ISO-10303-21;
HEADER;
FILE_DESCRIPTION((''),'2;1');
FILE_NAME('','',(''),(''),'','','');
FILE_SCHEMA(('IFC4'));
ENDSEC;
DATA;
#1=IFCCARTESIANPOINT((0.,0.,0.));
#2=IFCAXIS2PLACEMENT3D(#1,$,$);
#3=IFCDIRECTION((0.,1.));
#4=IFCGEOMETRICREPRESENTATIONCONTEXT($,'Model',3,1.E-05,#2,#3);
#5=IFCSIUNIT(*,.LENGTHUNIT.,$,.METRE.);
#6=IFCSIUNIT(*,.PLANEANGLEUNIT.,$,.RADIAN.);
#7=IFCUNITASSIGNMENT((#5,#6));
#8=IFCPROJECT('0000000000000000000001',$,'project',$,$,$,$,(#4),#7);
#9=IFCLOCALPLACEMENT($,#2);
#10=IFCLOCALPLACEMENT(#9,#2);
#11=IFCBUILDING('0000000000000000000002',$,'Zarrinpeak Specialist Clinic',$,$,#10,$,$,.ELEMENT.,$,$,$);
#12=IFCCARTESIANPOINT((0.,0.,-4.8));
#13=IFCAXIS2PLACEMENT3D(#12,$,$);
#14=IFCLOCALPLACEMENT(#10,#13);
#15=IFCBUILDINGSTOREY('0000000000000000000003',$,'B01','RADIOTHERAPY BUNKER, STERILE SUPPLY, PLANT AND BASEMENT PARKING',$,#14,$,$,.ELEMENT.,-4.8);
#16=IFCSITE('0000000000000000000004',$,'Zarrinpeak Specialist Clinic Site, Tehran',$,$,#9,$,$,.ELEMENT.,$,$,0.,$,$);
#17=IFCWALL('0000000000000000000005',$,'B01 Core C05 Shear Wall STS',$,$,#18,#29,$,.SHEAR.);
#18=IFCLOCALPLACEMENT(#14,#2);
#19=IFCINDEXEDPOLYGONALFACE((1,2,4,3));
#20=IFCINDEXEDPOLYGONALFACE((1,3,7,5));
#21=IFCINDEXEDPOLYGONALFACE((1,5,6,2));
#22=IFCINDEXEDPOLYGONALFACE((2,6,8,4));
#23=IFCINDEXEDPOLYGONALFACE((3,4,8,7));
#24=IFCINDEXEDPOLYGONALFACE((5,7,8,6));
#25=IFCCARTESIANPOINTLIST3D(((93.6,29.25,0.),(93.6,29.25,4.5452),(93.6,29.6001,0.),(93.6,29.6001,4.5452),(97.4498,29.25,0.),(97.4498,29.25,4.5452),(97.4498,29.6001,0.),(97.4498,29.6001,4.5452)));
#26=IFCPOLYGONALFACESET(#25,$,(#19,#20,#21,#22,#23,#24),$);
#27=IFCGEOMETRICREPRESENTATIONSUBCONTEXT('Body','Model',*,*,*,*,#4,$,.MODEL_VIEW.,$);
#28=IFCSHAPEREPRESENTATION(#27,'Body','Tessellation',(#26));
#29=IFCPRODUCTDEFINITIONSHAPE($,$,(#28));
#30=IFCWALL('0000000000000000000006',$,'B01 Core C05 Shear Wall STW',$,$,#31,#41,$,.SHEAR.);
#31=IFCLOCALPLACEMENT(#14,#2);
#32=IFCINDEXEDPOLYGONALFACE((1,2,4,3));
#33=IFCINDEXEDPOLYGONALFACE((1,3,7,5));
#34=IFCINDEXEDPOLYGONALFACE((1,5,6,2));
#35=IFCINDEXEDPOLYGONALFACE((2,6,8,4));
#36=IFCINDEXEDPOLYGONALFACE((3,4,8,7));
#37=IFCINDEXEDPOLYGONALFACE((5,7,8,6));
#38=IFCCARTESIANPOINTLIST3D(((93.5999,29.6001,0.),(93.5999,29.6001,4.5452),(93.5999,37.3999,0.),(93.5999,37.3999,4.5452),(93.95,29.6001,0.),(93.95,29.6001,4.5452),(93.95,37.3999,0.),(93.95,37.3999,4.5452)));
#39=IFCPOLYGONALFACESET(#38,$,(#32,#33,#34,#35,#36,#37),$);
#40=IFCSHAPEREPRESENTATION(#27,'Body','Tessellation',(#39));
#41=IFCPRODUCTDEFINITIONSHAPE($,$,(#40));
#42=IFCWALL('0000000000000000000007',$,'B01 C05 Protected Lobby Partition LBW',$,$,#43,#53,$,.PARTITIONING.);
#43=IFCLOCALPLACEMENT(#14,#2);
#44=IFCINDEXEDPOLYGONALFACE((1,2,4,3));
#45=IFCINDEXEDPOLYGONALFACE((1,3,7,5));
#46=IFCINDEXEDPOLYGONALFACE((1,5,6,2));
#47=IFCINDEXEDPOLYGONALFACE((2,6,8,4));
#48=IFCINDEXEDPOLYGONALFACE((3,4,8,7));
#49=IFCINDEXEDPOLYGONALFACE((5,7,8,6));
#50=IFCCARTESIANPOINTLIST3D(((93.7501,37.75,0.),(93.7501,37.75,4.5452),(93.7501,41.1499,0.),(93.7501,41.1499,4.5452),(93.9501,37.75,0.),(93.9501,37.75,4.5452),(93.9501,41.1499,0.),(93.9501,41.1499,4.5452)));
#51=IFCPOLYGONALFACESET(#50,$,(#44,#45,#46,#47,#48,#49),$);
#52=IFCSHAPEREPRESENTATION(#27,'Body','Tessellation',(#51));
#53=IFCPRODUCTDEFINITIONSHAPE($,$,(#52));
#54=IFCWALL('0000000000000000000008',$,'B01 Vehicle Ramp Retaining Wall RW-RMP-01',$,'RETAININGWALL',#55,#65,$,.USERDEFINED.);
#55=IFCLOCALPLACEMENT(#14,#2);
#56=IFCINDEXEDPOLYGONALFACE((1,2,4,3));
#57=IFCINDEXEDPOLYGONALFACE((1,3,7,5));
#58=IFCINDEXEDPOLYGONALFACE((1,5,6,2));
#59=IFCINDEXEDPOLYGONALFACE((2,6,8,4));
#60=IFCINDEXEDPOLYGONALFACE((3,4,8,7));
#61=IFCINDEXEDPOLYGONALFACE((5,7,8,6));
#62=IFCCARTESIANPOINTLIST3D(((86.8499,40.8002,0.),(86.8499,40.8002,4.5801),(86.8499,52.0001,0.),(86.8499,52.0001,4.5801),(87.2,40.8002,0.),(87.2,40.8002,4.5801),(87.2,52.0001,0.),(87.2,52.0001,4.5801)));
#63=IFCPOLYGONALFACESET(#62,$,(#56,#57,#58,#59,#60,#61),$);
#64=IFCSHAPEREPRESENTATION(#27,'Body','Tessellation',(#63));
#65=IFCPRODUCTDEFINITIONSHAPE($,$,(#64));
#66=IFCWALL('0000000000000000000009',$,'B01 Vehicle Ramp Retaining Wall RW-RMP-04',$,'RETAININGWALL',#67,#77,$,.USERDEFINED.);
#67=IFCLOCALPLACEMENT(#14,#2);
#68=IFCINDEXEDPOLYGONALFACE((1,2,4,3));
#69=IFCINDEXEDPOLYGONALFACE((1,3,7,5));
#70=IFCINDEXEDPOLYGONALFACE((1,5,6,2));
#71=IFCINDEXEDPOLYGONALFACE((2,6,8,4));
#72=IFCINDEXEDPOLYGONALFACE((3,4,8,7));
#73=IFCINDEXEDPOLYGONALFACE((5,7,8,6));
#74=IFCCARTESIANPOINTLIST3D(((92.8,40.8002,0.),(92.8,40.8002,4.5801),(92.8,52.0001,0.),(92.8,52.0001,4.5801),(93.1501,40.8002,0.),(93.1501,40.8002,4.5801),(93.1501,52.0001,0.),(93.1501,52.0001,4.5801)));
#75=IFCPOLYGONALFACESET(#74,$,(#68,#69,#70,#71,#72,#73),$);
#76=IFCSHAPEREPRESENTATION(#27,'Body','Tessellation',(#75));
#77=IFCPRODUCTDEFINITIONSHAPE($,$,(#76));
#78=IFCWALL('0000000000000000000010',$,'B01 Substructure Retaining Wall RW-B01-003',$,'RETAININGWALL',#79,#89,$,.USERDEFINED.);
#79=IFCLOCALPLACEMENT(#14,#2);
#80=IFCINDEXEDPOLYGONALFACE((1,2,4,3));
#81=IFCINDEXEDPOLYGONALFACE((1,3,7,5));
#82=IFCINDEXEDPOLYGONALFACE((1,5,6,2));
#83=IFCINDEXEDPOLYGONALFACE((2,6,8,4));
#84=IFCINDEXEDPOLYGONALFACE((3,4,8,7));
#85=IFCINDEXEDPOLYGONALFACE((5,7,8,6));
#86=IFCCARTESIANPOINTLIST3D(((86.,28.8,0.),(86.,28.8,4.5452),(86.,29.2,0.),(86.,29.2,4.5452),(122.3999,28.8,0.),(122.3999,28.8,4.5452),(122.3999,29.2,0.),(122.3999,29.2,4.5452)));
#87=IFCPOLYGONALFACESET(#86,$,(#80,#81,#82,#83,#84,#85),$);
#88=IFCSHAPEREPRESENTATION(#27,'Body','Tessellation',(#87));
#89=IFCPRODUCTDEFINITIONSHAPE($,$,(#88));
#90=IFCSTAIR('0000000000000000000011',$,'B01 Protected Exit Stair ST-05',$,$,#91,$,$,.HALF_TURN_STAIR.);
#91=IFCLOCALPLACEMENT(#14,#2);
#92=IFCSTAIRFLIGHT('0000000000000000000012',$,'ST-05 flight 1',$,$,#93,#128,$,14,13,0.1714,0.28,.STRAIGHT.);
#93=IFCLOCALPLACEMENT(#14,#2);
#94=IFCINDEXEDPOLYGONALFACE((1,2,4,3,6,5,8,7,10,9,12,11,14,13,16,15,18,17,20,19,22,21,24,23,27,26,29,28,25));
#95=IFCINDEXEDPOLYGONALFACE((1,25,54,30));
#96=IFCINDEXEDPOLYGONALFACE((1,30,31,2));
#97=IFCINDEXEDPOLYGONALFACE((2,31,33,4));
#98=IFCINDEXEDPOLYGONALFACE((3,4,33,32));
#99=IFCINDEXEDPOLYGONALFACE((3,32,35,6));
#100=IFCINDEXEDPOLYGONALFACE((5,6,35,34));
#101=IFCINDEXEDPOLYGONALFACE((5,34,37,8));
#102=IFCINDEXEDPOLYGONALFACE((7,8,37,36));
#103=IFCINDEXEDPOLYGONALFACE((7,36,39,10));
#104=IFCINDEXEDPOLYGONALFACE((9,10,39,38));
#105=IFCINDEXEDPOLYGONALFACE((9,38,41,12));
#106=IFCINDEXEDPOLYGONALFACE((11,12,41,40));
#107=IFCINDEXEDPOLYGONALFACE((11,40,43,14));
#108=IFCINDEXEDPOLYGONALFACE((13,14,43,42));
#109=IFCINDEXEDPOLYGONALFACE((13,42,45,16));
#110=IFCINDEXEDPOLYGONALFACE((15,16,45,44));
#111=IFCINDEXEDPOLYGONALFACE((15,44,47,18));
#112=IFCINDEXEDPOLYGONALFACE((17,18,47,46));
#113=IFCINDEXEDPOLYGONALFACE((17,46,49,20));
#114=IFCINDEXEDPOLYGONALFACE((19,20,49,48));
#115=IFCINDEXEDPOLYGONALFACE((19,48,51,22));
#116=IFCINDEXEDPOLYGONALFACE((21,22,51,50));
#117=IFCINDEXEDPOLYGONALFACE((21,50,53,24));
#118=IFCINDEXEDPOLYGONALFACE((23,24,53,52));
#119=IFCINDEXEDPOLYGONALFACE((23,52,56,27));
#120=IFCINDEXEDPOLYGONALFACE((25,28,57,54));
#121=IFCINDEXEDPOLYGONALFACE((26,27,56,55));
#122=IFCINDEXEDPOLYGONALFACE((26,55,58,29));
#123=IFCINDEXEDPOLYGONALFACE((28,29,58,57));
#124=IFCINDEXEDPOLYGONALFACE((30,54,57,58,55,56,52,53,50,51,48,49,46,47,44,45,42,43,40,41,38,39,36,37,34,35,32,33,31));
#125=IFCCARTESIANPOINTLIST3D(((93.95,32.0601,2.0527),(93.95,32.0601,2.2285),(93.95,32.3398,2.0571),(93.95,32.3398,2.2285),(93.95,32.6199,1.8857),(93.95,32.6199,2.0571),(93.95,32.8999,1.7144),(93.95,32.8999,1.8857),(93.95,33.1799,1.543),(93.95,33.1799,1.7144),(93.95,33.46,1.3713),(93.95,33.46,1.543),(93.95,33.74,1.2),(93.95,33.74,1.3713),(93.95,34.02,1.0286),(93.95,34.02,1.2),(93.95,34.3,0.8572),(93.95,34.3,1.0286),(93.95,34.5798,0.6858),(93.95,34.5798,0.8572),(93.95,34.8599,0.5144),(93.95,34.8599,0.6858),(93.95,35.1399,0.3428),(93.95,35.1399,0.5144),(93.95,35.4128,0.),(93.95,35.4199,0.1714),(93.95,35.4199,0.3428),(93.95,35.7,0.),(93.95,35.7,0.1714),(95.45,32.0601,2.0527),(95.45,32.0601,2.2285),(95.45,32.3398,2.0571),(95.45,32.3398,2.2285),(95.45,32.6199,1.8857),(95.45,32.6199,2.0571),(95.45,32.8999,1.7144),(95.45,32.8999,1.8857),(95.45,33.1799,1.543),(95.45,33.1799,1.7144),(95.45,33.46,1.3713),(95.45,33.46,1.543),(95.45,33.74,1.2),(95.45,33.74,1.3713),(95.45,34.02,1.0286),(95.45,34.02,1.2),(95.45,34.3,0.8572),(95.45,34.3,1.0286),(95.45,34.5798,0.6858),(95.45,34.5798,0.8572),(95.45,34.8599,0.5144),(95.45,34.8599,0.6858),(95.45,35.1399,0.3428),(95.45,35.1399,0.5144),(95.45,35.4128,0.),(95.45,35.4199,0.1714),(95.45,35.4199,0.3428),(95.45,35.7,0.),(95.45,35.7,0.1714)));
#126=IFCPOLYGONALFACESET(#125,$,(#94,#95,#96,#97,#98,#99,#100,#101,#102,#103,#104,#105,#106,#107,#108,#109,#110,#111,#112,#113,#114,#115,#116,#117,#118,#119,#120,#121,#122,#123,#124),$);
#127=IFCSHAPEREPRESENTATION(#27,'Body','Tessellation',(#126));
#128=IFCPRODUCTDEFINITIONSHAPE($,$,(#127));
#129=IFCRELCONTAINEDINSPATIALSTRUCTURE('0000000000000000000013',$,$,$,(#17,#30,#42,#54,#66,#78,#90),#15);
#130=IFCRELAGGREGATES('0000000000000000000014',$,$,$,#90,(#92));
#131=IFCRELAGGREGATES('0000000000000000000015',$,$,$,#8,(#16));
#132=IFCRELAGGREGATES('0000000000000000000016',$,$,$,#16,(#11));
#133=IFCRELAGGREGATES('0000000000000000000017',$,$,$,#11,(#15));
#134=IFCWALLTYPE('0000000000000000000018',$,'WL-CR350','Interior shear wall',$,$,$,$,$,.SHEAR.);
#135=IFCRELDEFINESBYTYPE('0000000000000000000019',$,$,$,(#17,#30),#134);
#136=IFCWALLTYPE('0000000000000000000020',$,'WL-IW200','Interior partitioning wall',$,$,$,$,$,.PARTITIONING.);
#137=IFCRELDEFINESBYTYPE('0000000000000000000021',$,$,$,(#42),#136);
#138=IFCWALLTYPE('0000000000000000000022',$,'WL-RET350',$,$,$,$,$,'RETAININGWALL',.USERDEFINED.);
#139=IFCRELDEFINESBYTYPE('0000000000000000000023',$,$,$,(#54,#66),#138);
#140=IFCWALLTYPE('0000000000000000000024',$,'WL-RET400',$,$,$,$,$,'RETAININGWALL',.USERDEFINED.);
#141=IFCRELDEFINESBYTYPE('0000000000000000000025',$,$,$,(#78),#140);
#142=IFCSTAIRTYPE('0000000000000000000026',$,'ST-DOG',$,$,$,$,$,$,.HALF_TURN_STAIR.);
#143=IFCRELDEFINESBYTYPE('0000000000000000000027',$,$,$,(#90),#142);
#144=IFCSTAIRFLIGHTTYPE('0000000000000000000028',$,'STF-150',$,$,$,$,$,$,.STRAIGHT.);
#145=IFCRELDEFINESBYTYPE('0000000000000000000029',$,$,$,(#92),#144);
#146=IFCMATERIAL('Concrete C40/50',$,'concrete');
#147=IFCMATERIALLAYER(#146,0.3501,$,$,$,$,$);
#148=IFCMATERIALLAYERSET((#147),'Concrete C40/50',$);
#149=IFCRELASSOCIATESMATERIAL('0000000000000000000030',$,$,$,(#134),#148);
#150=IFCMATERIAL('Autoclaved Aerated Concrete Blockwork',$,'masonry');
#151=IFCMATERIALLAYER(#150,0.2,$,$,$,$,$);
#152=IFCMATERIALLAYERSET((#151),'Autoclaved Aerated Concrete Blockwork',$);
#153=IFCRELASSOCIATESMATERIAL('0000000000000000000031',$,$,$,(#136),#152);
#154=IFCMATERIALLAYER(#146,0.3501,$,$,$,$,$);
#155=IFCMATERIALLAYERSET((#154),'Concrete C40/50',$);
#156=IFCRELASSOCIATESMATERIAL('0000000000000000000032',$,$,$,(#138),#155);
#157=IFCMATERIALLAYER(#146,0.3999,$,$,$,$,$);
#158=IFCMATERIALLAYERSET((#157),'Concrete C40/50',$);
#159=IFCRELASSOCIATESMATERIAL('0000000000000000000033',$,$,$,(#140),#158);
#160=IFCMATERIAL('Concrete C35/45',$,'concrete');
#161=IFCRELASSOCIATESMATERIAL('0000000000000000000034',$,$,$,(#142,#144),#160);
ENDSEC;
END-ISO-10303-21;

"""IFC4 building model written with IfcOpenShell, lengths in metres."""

from ifc_helpers import new_model, si_unit, direction, frame, frame_2d, origin, place, context, subcontext, project, spatial, polyline, rectangle, outline, extrude, material, layer, layer_set, type_object, element, aggregate, save


model = new_model("IFC4")

# Units and contexts
model_context = context("Model", 3, precision=1e-05, world=origin(), true_north=direction((0.0, 1.0)))
body_context = subcontext(model_context, "Body", "Model", "MODEL_VIEW")
ifc_project = project(units=[si_unit("LENGTHUNIT", "METRE"), si_unit("PLANEANGLEUNIT", "RADIAN")], contexts=[model_context])

# Site, building, storey
site_placement = place(None, origin())
site = spatial("IfcSite", under=ifc_project, at=site_placement, Name="Zarrinpeak Specialist Clinic Site, Tehran", CompositionType="ELEMENT", RefElevation=0.0)
building_placement = place(site_placement, origin())
building = spatial("IfcBuilding", under=site, at=building_placement, Name="Zarrinpeak Specialist Clinic", CompositionType="ELEMENT")
storey_placement = place(building_placement, frame((0.0, 0.0, -4.8)))
storey = spatial("IfcBuildingStorey", under=building, at=storey_placement, Name="B01", Description="RADIOTHERAPY BUNKER, STERILE SUPPLY, PLANT AND BASEMENT PARKING", CompositionType="ELEMENT", Elevation=-4.8)

# Shared definitions
ifc_material_1 = material(Name="Concrete C40/50", Category="concrete")

# Shared definitions
ifc_material_2 = material(Name="Concrete C35/45", Category="concrete")

# Wall
ifc_layer_1 = layer(ifc_material_1, 0.3501)
ifc_layer_set_1 = layer_set([ifc_layer_1], Name="Concrete C40/50")
wall_type_1 = type_object("IfcWallType", Name="WL-CR350", Description="Interior shear wall", PredefinedType="SHEAR", material=ifc_layer_set_1)
wall_1_placement = place(storey_placement, frame((93.6001, 29.425, 0.0), z_axis=(0.0, 0.0, 1.0), x_axis=(1.0, 0.0, 0.0)))
element("IfcWall", 1, at=wall_1_placement, inside=storey, type_object=wall_type_1, Name="B01 Core C05 Shear Wall STS", PredefinedType="SHEAR", context=body_context, shape_type="SweptSolid", body=[
    extrude(rectangle(XDim=3.8499, YDim=0.3501, at=frame_2d((1.9248, 0.0))), origin(), (0.0, 0.0, 1.0), 4.5452),
])

# Walls
wall_2_placement = place(storey_placement, frame((93.7749, 29.6001, 0.0), z_axis=(0.0, 0.0, 1.0), x_axis=(0.0, 1.0, 0.0)))
element("IfcWall", 2, at=wall_2_placement, inside=storey, type_object=wall_type_1, Name="B01 Core C05 Shear Wall STW", PredefinedType="SHEAR", context=body_context, shape_type="SweptSolid", body=[
    extrude(rectangle(XDim=7.7998, YDim=0.3501, at=frame_2d((3.8999, 0.0))), origin(), (0.0, 0.0, 1.0), 4.5452),
])
ifc_material_3 = material(Name="Autoclaved Aerated Concrete Blockwork", Category="masonry")
ifc_layer_2 = layer(ifc_material_3, 0.2)
ifc_layer_set_2 = layer_set([ifc_layer_2], Name="Autoclaved Aerated Concrete Blockwork")
wall_type_2 = type_object("IfcWallType", Name="WL-IW200", Description="Interior partitioning wall", PredefinedType="PARTITIONING", material=ifc_layer_set_2)
wall_3_placement = place(storey_placement, frame((93.8501, 37.75, 0.0), z_axis=(0.0, 0.0, 1.0), x_axis=(0.0, 1.0, 0.0)))
element("IfcWall", 3, at=wall_3_placement, inside=storey, type_object=wall_type_2, Name="B01 C05 Protected Lobby Partition LBW", PredefinedType="PARTITIONING", context=body_context, shape_type="SweptSolid", body=[
    extrude(rectangle(XDim=3.3999, YDim=0.2, at=frame_2d((1.7, 0.0))), origin(), (0.0, 0.0, 1.0), 4.5452),
])
ifc_layer_3 = layer(ifc_material_1, 0.3501)
ifc_layer_set_3 = layer_set([ifc_layer_3], Name="Concrete C40/50")
wall_type_3 = type_object("IfcWallType", Name="WL-RET350", ElementType="RETAININGWALL", PredefinedType="USERDEFINED", material=ifc_layer_set_3)
for number, where, z_axis, x_axis, name in (
    (4, (87.0249, 40.8, 0.0), (0.0, 0.0, 1.0), (0.0, 1.0, 0.0), "B01 Vehicle Ramp Retaining Wall RW-RMP-01"),
    (5, (92.9751, 40.8, 0.0), (0.0, 0.0, 1.0), (0.0, 1.0, 0.0), "B01 Vehicle Ramp Retaining Wall RW-RMP-04"),
):
    element("IfcWall", number, at=place(storey_placement, frame(where, z_axis=z_axis, x_axis=x_axis)), inside=storey, type_object=wall_type_3, Name=name, ObjectType="RETAININGWALL", PredefinedType="USERDEFINED", context=body_context, shape_type="SweptSolid", body=[
        extrude(rectangle(XDim=11.2, YDim=0.3501, at=frame_2d((5.6001, 0.0))), origin(), (0.0, 0.0, 1.0), 4.5801),
    ])
ifc_layer_4 = layer(ifc_material_1, 0.3999)
ifc_layer_set_4 = layer_set([ifc_layer_4], Name="Concrete C40/50")
wall_type_4 = type_object("IfcWallType", Name="WL-RET400", ElementType="RETAININGWALL", PredefinedType="USERDEFINED", material=ifc_layer_set_4)
wall_4_placement = place(storey_placement, frame((86.0, 29.0, 0.0), z_axis=(0.0, 0.0, 1.0), x_axis=(1.0, 0.0, 0.0)))
element("IfcWall", 6, at=wall_4_placement, inside=storey, type_object=wall_type_4, Name="B01 Substructure Retaining Wall RW-B01-003", ObjectType="RETAININGWALL", PredefinedType="USERDEFINED", context=body_context, shape_type="SweptSolid", body=[
    extrude(rectangle(XDim=36.3999, YDim=0.3999, at=frame_2d((18.2, 0.0))), origin(), (0.0, 0.0, 1.0), 4.5452),
])

# Stair, stair flight
stair_type = type_object("IfcStairType", Name="ST-DOG", PredefinedType="HALF_TURN_STAIR", material=ifc_material_2)
stair_placement = place(storey_placement, origin())
stair = element("IfcStair", 7, at=stair_placement, inside=storey, type_object=stair_type, Name="B01 Protected Exit Stair ST-05", PredefinedType="HALF_TURN_STAIR")
stair_flight_type = type_object("IfcStairFlightType", Name="STF-150", PredefinedType="STRAIGHT", material=ifc_material_2)
stair_flight_placement = place(storey_placement, frame((94.7, 35.7, 0.0), z_axis=(0.0, 0.0, 1.0), x_axis=(0.0, -1.0, 0.0)))
stair_flight = element("IfcStairFlight", 8, at=stair_flight_placement, type_object=stair_flight_type, Name="ST-05 flight 1", NumberOfRisers=14, NumberOfTreads=13, PredefinedType="STRAIGHT", RiserHeight=0.1714, TreadLength=0.28, context=body_context, shape_type="SweptSolid", body=[
    extrude(outline(polyline([(0.0, 0.0), (0.0, 0.1714), (0.28, 0.1714), (0.28, 0.3428), (0.5601, 0.3428), (0.5601, 0.5144), (0.8401, 0.5144), (0.8401, 0.6858), (1.1201, 0.6858), (1.1201, 0.8572), (1.3999, 0.8572), (1.3999, 1.0286), (1.6799, 1.0286), (1.6799, 1.2), (1.96, 1.2), (1.96, 1.3713), (2.24, 1.3713), (2.24, 1.543), (2.52, 1.543), (2.52, 1.7144), (2.8, 1.7144), (2.8, 1.8857), (3.0801, 1.8857), (3.0801, 2.0571), (3.3601, 2.0571), (3.3601, 2.2285), (3.6399, 2.2285), (3.6399, 2.3999), (3.6399, 2.0527), (0.2871, 0.0), (0.0, 0.0)])), frame((0.0, 0.75, 0.0), z_axis=(0.0, -1.0, 0.0), x_axis=(1.0, 0.0, 0.0)), (0.0, 0.0, 1.0), 1.5),
])
aggregate(stair, [stair_flight])

save(model, "model.ifc")
